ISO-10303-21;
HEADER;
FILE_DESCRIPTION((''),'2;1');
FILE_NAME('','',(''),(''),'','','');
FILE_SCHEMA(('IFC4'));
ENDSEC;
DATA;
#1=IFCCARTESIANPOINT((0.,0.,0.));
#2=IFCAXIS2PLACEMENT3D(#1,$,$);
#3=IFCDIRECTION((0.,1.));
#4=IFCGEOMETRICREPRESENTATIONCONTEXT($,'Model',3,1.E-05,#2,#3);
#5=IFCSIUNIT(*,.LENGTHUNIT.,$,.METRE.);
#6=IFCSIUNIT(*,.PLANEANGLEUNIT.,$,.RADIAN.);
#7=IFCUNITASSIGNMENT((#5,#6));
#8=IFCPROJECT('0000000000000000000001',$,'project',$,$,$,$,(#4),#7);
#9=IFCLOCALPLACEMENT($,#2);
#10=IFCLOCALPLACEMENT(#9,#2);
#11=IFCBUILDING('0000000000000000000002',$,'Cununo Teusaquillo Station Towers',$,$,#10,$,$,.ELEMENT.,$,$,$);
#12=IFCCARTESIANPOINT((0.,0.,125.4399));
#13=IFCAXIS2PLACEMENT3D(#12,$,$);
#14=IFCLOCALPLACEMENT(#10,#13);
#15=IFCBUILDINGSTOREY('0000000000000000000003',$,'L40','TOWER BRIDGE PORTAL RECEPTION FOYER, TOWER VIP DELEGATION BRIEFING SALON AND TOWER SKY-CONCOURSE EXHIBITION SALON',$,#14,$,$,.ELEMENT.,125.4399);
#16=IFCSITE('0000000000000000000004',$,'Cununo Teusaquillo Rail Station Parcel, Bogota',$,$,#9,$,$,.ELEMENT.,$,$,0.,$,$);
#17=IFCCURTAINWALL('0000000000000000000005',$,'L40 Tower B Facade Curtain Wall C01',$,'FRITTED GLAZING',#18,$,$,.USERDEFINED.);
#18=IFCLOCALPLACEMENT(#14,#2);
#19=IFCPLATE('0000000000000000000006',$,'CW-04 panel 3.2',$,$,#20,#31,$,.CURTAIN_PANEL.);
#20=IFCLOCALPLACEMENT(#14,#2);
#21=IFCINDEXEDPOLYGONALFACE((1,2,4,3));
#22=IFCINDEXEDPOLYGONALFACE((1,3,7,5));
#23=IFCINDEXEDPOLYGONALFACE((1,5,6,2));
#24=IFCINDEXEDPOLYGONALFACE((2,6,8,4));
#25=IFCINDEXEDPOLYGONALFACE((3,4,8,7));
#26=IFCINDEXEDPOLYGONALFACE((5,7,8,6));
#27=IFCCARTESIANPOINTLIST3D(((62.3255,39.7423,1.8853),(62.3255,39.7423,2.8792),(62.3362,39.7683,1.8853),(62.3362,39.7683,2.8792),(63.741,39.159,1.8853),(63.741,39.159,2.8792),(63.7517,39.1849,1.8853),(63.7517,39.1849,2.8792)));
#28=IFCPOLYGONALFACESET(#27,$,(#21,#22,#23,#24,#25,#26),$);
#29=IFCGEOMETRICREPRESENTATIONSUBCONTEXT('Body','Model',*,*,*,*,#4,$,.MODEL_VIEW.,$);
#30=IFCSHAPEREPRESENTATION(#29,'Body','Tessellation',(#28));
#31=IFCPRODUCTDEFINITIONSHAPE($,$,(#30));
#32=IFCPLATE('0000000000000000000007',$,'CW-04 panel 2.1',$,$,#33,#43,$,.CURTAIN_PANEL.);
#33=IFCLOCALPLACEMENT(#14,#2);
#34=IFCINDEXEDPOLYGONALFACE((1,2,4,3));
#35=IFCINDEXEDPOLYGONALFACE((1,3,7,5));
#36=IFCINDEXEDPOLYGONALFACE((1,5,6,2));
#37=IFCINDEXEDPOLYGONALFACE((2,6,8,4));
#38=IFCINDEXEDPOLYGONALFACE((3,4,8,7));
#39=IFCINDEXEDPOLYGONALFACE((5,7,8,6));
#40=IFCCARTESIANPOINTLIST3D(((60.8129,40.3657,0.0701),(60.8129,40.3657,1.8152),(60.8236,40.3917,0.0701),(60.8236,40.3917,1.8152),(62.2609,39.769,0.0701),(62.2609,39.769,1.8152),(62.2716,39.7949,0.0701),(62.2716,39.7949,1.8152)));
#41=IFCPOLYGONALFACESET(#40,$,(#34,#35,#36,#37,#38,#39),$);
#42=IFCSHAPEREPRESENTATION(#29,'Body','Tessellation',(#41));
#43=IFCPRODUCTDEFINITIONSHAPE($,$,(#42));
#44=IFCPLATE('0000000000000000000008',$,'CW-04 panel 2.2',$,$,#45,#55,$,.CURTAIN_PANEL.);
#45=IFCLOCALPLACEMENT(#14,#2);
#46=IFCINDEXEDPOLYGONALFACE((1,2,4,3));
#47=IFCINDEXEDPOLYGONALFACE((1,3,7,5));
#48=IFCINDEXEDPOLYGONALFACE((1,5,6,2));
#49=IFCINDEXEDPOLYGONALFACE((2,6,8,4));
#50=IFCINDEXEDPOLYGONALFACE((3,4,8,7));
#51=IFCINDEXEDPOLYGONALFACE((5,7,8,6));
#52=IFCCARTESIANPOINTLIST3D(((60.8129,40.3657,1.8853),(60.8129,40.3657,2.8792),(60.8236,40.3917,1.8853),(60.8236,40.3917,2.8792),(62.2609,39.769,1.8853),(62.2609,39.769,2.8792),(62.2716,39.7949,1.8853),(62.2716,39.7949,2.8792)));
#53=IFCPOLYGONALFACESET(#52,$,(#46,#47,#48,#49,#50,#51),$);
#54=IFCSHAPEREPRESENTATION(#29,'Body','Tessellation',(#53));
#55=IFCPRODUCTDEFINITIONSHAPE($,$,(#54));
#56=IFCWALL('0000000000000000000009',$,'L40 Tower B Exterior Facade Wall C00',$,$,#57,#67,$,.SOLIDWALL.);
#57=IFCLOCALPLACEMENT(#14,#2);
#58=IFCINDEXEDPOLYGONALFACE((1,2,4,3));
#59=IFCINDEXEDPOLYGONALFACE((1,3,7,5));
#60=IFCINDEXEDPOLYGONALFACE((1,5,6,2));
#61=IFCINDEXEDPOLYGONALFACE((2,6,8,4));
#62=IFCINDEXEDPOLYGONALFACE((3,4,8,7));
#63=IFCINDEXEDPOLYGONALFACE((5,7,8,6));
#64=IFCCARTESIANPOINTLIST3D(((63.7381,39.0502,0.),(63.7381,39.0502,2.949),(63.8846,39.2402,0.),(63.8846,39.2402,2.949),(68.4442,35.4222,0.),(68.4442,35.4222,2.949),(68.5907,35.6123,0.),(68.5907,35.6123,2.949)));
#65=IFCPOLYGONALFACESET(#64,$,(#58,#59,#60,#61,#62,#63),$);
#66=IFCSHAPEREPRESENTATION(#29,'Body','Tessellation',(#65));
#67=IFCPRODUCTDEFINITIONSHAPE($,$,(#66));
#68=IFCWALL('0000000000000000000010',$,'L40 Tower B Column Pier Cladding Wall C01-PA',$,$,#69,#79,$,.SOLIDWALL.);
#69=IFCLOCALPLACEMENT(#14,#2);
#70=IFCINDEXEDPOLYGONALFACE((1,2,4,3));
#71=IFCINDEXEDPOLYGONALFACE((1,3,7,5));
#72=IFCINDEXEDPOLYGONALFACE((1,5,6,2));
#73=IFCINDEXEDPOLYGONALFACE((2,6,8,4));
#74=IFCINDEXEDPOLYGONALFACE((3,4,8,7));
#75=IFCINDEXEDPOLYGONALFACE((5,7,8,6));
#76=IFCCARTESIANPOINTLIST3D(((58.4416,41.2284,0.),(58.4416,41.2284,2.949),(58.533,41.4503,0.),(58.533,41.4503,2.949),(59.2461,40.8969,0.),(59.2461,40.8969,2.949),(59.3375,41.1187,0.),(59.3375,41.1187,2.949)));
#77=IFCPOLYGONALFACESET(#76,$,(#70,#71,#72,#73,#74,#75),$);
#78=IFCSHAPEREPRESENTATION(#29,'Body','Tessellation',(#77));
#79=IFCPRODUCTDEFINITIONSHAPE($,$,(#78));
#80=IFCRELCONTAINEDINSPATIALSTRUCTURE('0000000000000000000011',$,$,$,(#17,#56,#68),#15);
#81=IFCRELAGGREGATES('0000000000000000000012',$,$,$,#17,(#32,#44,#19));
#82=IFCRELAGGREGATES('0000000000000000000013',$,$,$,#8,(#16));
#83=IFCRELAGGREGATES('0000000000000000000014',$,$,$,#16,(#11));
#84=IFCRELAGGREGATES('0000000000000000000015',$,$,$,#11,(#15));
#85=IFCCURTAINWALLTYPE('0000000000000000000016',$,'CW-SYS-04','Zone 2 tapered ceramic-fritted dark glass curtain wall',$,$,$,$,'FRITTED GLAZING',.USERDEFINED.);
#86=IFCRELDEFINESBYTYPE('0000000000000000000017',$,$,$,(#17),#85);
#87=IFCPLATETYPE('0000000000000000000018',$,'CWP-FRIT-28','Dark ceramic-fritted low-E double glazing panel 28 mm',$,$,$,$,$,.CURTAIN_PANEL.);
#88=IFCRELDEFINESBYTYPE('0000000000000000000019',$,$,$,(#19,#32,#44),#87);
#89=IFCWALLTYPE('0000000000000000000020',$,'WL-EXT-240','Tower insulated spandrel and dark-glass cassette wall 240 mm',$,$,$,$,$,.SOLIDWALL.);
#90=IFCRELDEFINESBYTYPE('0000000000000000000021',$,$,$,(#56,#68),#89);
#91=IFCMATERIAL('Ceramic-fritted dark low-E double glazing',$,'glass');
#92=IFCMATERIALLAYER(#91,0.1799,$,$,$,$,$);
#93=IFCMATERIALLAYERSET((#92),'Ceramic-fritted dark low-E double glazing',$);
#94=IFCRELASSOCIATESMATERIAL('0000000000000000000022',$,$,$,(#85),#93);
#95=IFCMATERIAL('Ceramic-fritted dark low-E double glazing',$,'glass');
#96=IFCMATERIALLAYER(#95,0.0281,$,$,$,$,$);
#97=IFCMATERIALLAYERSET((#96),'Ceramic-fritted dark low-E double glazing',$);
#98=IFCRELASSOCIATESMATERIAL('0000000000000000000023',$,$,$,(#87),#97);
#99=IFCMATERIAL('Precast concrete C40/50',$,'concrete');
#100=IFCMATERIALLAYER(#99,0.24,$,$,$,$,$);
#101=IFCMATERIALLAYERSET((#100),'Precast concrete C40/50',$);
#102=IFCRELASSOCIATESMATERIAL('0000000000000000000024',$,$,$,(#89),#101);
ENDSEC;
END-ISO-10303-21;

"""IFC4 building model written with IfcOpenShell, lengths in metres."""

from ifc_helpers import new_model, si_unit, direction, frame, frame_2d, origin, origin_2d, place, context, subcontext, project, spatial, rectangle, extrude, source, transform, mapped, material, layer, layer_set, type_object, element, aggregate, save


model = new_model("IFC4")

# Units and contexts
model_context = context("Model", 3, precision=1e-05, world=origin(), true_north=direction((0.0, 1.0)))
body_context = subcontext(model_context, "Body", "Model", "MODEL_VIEW")
ifc_project = project(units=[si_unit("LENGTHUNIT", "METRE"), si_unit("PLANEANGLEUNIT", "RADIAN")], contexts=[model_context])

# Site, building, storey
site_placement = place(None, origin())
site = spatial("IfcSite", under=ifc_project, at=site_placement, Name="Cununo Teusaquillo Rail Station Parcel, Bogota", CompositionType="ELEMENT", RefElevation=0.0)
building_placement = place(site_placement, origin())
building = spatial("IfcBuilding", under=site, at=building_placement, Name="Cununo Teusaquillo Station Towers", CompositionType="ELEMENT")
storey_placement = place(building_placement, frame((0.0, 0.0, 125.4399)))
storey = spatial("IfcBuildingStorey", under=building, at=storey_placement, Name="L40", Description="TOWER BRIDGE PORTAL RECEPTION FOYER, TOWER VIP DELEGATION BRIEFING SALON AND TOWER SKY-CONCOURSE EXHIBITION SALON", CompositionType="ELEMENT", Elevation=125.4399)

# Curtain wall, plates
ifc_material_1 = material(Name="Ceramic-fritted dark low-E double glazing", Category="glass")
ifc_layer_1 = layer(ifc_material_1, 0.1799)
ifc_layer_set_1 = layer_set([ifc_layer_1], Name="Ceramic-fritted dark low-E double glazing")
curtain_wall_type = type_object("IfcCurtainWallType", Name="CW-SYS-04", Description="Zone 2 tapered ceramic-fritted dark glass curtain wall", ElementType="FRITTED GLAZING", PredefinedType="USERDEFINED", material=ifc_layer_set_1)
curtain_wall_placement = place(storey_placement, origin())
curtain_wall = element("IfcCurtainWall", 1, at=curtain_wall_placement, inside=storey, type_object=curtain_wall_type, Name="L40 Tower B Facade Curtain Wall C01", ObjectType="FRITTED GLAZING", PredefinedType="USERDEFINED")
ifc_material_2 = material(Name="Ceramic-fritted dark low-E double glazing", Category="glass")
ifc_layer_2 = layer(ifc_material_2, 0.0281)
ifc_layer_set_2 = layer_set([ifc_layer_2], Name="Ceramic-fritted dark low-E double glazing")
plate_type = type_object("IfcPlateType", Name="CWP-FRIT-28", Description="Dark ceramic-fritted low-E double glazing panel 28 mm", PredefinedType="CURTAIN_PANEL", material=ifc_layer_set_2)
shared_shape_1 = source(origin(), body_context, "Body", "SweptSolid", [
    extrude(rectangle(XDim=1.531, YDim=0.0281, at=origin_2d()), origin(), (0.0, 0.0, 1.0), 0.9939),
])
plate_1_placement = place(storey_placement, frame((63.0386, 39.4636, 1.8853), z_axis=(0.0, 0.0, 1.0), x_axis=(0.924562, -0.381031, 0.0)))
plate_1 = element("IfcPlate", 2, at=plate_1_placement, type_object=plate_type, Name="CW-04 panel 3.2", PredefinedType="CURTAIN_PANEL", context=body_context, shape_type="MappedRepresentation", body=[
    mapped(shared_shape_1, transform((0.0, 0.0, 0.0), x_axis=(1.0, 0.0, 0.0), y_axis=(0.0, 1.0, 0.0), z_axis=(0.0, 0.0, 1.0), scale=1.0)),
])
shared_shape_2 = source(origin(), body_context, "Body", "SweptSolid", [
    extrude(rectangle(XDim=1.5662, YDim=0.0281, at=origin_2d()), origin(), (0.0, 0.0, 1.0), 1.7451),
])
plate_2_placement = place(storey_placement, frame((61.5422, 40.0803, 0.0701), z_axis=(0.0, 0.0, 1.0), x_axis=(0.924562, -0.381031, 0.0)))
plate_2 = element("IfcPlate", 3, at=plate_2_placement, type_object=plate_type, Name="CW-04 panel 2.1", PredefinedType="CURTAIN_PANEL", context=body_context, shape_type="MappedRepresentation", body=[
    mapped(shared_shape_2, transform((0.0, 0.0, 0.0), x_axis=(1.0, 0.0, 0.0), y_axis=(0.0, 1.0, 0.0), z_axis=(0.0, 0.0, 1.0), scale=1.0)),
])
shared_shape_3 = source(origin(), body_context, "Body", "SweptSolid", [
    extrude(rectangle(XDim=1.5662, YDim=0.0281, at=origin_2d()), origin(), (0.0, 0.0, 1.0), 0.9939),
])
plate_3_placement = place(storey_placement, frame((61.5422, 40.0803, 1.8853), z_axis=(0.0, 0.0, 1.0), x_axis=(0.924562, -0.381031, 0.0)))
plate_3 = element("IfcPlate", 4, at=plate_3_placement, type_object=plate_type, Name="CW-04 panel 2.2", PredefinedType="CURTAIN_PANEL", context=body_context, shape_type="MappedRepresentation", body=[
    mapped(shared_shape_3, transform((0.0, 0.0, 0.0), x_axis=(1.0, 0.0, 0.0), y_axis=(0.0, 1.0, 0.0), z_axis=(0.0, 0.0, 1.0), scale=1.0)),
])
aggregate(curtain_wall, [plate_2, plate_3, plate_1])

# Walls
ifc_material_3 = material(Name="Precast concrete C40/50", Category="concrete")
ifc_layer_3 = layer(ifc_material_3, 0.24)
ifc_layer_set_3 = layer_set([ifc_layer_3], Name="Precast concrete C40/50")
wall_type = type_object("IfcWallType", Name="WL-EXT-240", Description="Tower insulated spandrel and dark-glass cassette wall 240 mm", PredefinedType="SOLIDWALL", material=ifc_layer_set_3)
wall_1_placement = place(storey_placement, frame((63.8113, 39.1453, 0.0), z_axis=(0.0, 0.0, 1.0), x_axis=(0.791982, -0.610544, 0.0)))
element("IfcWall", 5, at=wall_1_placement, inside=storey, type_object=wall_type, Name="L40 Tower B Exterior Facade Wall C00", PredefinedType="SOLIDWALL", context=body_context, shape_type="SweptSolid", body=[
    extrude(rectangle(XDim=5.9421, YDim=0.24, at=frame_2d((2.9712, 0.0))), origin(), (0.0, 0.0, 1.0), 2.949),
])
wall_2_placement = place(storey_placement, frame((58.4873, 41.3394, 0.0), z_axis=(0.0, 0.0, 1.0), x_axis=(0.924556, -0.381046, 0.0)))
element("IfcWall", 6, at=wall_2_placement, inside=storey, type_object=wall_type, Name="L40 Tower B Column Pier Cladding Wall C01-PA", PredefinedType="SOLIDWALL", context=body_context, shape_type="SweptSolid", body=[
    extrude(rectangle(XDim=0.8701, YDim=0.24, at=frame_2d((0.4351, 0.0))), origin(), (0.0, 0.0, 1.0), 2.949),
])

save(model, "model.ifc")
